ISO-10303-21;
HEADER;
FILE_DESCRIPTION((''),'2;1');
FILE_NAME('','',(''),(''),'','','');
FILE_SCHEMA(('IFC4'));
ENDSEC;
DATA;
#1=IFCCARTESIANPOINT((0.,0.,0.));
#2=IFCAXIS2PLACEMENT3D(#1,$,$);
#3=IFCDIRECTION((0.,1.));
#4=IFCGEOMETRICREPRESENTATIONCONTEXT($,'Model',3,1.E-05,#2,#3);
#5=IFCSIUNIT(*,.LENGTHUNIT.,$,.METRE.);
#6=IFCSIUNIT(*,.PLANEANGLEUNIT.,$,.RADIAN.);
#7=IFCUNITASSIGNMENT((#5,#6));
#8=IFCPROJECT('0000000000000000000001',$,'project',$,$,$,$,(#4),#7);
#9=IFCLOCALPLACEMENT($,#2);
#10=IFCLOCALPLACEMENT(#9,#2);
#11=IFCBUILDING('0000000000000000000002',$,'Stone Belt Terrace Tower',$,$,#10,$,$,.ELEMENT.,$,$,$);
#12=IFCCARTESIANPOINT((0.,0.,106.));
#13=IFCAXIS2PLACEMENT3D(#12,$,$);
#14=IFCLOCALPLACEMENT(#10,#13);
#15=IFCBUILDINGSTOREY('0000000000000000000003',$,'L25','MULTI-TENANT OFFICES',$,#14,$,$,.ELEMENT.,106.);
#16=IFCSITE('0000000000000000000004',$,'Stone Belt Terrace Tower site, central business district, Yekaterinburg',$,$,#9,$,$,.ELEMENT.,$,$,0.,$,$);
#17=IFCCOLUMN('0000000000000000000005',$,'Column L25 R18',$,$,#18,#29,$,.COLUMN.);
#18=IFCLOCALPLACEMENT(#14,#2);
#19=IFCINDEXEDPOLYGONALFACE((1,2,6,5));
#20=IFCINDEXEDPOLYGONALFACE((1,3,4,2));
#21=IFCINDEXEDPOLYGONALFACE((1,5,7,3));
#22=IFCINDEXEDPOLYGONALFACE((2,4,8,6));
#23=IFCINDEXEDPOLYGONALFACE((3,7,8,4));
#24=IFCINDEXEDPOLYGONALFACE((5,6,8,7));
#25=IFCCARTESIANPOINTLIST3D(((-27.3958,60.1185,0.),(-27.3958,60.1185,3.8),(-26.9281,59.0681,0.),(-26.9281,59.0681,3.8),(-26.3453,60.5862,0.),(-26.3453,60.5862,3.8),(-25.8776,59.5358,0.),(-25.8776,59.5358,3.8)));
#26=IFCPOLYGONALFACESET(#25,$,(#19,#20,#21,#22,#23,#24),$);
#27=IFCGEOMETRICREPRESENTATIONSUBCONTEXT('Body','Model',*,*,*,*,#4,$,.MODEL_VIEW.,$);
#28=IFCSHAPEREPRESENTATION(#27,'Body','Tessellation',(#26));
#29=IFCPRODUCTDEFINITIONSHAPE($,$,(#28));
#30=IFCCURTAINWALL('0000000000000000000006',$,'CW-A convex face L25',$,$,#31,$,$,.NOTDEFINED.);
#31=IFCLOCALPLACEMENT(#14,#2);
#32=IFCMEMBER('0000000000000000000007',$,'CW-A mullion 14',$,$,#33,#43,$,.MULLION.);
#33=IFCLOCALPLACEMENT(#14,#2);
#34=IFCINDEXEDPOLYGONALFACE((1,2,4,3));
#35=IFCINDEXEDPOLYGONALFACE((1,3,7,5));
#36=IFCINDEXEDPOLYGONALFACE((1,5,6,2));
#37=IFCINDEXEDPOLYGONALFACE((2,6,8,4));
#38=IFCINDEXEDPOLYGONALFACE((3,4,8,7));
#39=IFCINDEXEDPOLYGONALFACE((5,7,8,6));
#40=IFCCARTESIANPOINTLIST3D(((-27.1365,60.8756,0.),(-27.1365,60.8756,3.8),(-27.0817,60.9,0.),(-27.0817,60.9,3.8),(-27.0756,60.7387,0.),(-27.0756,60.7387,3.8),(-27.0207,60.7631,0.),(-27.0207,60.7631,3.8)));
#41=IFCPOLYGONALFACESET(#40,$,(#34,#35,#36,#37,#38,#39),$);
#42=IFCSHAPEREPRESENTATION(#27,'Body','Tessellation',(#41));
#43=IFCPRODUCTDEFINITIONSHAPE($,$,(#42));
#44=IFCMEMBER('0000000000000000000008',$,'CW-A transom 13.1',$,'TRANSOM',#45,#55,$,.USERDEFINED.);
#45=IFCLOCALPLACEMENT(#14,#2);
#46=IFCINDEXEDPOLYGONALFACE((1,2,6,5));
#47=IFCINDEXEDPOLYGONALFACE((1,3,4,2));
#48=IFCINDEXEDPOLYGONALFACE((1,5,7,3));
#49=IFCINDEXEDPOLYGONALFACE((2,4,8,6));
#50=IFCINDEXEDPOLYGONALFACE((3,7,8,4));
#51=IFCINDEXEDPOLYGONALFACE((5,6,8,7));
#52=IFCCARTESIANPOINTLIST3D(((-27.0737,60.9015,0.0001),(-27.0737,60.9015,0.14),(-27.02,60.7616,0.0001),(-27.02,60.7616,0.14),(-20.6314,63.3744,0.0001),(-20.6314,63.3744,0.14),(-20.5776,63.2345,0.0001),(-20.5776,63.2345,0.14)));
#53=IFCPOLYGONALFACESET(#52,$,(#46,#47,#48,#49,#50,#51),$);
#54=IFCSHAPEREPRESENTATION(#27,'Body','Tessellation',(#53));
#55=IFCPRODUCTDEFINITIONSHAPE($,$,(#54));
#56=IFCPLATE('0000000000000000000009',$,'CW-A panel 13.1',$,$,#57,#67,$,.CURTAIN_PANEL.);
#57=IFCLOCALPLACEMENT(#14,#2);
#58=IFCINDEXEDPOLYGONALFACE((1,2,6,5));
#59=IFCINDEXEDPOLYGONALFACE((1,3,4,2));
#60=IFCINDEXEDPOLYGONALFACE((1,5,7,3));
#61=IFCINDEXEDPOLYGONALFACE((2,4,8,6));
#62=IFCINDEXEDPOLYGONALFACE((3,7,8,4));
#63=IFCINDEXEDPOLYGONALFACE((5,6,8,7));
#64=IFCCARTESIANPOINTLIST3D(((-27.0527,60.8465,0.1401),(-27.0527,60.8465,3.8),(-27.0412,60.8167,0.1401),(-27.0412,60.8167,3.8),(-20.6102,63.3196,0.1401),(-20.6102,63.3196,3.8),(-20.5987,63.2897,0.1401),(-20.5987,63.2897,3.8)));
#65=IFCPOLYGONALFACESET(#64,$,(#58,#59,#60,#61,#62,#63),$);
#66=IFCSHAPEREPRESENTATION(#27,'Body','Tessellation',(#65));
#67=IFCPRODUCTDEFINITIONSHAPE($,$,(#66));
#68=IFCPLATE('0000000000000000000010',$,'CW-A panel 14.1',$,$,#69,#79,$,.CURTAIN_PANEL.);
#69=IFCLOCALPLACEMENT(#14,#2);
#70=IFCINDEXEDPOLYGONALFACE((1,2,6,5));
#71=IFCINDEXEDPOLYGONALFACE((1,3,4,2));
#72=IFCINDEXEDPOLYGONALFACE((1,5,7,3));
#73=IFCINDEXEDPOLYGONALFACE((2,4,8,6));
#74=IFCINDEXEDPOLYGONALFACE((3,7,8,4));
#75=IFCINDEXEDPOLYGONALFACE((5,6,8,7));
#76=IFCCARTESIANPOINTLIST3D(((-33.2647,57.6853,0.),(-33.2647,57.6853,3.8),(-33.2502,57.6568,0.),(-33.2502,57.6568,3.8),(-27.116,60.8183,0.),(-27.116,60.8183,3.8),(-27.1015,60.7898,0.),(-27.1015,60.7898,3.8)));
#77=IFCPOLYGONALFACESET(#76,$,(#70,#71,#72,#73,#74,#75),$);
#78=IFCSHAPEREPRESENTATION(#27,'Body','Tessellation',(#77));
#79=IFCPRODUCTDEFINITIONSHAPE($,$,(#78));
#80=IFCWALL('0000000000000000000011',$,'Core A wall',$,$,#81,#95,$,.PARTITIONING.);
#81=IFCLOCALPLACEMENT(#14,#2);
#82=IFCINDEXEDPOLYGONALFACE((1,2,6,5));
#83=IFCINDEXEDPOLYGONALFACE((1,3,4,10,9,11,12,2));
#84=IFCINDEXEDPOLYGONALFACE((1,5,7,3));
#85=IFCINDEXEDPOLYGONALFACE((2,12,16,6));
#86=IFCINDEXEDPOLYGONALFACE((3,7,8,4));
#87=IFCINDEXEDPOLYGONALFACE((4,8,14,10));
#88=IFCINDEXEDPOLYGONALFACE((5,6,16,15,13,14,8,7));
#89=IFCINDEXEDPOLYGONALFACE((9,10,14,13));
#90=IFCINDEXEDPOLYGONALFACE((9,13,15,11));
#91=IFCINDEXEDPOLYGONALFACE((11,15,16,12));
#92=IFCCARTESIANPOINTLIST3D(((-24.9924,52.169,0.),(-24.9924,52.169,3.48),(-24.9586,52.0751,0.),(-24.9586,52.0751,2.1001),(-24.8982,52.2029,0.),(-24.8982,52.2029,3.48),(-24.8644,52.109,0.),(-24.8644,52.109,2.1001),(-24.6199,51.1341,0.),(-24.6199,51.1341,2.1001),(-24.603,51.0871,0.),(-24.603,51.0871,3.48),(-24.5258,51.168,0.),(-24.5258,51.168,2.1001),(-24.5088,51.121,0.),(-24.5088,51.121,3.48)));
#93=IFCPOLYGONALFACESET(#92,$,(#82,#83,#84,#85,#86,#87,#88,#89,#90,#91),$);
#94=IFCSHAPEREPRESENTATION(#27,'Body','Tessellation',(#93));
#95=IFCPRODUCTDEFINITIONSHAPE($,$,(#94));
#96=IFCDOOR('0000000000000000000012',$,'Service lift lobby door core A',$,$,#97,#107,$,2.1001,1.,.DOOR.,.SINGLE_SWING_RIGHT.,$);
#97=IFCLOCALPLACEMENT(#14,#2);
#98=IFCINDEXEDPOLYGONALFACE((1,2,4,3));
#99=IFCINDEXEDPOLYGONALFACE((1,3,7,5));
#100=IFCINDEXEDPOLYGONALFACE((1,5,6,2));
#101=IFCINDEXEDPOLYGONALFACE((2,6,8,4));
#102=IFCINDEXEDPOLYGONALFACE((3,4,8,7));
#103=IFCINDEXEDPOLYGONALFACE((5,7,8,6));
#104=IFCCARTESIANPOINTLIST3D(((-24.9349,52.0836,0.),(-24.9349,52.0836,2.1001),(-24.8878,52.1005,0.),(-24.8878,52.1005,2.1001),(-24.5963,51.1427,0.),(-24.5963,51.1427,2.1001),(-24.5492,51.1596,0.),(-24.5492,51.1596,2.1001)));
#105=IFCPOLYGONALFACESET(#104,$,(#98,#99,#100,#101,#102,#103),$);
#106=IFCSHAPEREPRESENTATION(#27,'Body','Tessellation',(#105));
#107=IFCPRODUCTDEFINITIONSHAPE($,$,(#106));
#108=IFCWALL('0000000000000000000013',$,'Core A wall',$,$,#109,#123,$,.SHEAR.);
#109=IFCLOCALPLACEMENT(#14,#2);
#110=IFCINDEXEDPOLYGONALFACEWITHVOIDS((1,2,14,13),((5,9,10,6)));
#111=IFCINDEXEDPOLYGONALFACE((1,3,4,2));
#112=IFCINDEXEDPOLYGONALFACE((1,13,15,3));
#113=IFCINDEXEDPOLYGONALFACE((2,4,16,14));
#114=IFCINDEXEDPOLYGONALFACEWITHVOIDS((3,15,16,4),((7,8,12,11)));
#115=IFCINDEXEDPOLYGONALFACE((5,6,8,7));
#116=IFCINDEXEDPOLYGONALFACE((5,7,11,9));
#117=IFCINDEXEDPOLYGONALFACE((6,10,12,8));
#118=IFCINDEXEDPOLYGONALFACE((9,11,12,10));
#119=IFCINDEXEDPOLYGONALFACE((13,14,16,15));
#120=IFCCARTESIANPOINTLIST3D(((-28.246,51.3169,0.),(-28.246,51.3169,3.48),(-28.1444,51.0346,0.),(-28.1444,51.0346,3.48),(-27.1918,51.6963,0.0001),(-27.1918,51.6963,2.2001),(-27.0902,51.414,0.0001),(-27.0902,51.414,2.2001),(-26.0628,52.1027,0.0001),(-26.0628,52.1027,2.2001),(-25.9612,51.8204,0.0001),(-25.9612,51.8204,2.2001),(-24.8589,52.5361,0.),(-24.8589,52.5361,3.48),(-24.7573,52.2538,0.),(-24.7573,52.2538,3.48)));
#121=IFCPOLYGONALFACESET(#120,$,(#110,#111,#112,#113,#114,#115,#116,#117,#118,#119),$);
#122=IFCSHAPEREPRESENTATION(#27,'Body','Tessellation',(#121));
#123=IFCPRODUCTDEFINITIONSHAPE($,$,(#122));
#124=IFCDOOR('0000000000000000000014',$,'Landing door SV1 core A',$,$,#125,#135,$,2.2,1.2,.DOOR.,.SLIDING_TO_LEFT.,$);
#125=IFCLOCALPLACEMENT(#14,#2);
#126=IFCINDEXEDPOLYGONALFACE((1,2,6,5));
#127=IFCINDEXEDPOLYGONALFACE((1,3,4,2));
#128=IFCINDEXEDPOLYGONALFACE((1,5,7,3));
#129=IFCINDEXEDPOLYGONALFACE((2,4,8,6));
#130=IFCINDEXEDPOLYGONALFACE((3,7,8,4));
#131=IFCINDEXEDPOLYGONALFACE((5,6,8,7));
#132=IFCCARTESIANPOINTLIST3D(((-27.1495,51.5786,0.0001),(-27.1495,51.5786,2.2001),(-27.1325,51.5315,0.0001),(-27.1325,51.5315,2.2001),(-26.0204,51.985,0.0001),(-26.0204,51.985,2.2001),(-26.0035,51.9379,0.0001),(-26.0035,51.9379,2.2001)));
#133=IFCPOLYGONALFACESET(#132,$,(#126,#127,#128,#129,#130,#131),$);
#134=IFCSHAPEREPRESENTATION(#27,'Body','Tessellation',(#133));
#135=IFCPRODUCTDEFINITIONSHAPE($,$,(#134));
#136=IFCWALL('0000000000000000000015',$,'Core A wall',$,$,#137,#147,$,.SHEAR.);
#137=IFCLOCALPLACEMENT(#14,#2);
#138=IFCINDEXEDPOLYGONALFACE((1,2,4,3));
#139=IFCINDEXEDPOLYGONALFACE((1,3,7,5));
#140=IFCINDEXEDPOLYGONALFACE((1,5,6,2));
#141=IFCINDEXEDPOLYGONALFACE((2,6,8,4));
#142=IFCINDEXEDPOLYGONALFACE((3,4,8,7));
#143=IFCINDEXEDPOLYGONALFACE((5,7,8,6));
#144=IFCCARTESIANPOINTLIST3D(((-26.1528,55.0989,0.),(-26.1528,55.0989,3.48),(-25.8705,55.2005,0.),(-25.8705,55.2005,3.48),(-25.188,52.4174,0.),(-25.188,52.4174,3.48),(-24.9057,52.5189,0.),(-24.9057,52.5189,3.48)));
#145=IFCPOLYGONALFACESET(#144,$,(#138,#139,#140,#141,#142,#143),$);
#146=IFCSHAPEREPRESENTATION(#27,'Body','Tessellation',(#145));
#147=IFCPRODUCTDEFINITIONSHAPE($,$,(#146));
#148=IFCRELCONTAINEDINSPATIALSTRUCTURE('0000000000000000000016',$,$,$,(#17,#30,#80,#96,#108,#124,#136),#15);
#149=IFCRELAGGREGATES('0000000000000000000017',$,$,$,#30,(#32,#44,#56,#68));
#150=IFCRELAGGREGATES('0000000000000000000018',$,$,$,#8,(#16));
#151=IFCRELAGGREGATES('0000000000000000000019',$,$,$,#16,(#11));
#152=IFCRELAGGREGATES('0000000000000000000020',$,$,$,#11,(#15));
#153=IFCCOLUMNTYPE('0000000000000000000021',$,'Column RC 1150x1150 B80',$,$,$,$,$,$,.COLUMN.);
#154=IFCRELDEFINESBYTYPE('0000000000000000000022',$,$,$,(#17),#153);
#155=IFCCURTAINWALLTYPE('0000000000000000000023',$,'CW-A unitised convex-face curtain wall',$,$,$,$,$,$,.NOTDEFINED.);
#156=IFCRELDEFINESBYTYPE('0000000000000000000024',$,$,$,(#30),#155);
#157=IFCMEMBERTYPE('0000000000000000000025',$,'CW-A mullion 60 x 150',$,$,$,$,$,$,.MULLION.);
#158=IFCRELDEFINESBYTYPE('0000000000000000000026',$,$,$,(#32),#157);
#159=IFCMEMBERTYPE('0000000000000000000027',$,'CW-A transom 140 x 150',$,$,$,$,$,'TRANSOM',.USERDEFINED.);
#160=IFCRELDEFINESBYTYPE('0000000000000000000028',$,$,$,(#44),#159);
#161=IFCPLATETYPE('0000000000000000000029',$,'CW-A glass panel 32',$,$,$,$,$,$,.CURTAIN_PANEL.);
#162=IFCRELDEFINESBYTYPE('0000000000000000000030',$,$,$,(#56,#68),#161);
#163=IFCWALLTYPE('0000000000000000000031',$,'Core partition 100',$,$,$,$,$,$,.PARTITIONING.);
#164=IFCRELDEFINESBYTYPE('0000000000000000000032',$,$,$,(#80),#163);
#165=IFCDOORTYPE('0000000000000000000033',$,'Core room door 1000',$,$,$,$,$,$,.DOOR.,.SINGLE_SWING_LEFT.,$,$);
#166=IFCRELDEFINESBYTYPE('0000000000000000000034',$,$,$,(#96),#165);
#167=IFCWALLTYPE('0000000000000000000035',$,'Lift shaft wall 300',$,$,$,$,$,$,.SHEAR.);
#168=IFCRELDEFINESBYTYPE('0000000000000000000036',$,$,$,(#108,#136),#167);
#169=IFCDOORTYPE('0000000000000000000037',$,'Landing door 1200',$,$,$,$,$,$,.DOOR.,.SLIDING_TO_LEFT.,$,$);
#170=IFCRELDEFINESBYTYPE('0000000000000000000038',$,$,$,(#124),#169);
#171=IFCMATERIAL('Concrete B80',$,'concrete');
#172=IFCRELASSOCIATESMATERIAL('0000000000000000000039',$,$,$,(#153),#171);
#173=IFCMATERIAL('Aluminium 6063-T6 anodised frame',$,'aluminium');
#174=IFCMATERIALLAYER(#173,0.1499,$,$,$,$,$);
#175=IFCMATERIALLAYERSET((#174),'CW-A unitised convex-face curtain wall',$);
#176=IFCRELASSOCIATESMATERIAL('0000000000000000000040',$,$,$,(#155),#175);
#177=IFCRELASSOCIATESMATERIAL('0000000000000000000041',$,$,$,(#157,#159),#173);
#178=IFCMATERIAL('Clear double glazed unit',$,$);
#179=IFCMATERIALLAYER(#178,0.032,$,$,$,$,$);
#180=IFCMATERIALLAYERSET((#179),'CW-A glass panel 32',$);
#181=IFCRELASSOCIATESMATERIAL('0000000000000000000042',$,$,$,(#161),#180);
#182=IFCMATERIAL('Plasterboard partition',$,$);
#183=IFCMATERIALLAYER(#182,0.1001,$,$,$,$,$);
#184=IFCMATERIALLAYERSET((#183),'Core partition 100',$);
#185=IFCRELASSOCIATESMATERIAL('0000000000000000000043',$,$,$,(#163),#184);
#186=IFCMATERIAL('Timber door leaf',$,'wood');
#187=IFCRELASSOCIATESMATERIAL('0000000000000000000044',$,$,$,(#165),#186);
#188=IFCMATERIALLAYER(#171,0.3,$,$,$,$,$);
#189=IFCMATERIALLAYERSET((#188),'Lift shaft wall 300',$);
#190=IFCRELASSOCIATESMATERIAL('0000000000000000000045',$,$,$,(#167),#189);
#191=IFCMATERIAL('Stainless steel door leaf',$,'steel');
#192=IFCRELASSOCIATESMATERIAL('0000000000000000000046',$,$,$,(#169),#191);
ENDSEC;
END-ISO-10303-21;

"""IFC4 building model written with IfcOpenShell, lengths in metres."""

from ifc_helpers import new_model, si_unit, direction, frame, frame_2d, origin, origin_2d, place, context, subcontext, project, spatial, rectangle, extrude, material, layer, layer_set, material_profile, profile_set, type_object, element, fill, aggregate, save


model = new_model("IFC4")

# Units and contexts
model_context = context("Model", 3, precision=1e-05, world=origin(), true_north=direction((0.0, 1.0)))
body_context = subcontext(model_context, "Body", "Model", "MODEL_VIEW")
ifc_project = project(units=[si_unit("LENGTHUNIT", "METRE"), si_unit("PLANEANGLEUNIT", "RADIAN")], contexts=[model_context])

# Site, building, storey
site_placement = place(None, origin())
site = spatial("IfcSite", under=ifc_project, at=site_placement, Name="Stone Belt Terrace Tower site, central business district, Yekaterinburg", CompositionType="ELEMENT", RefElevation=0.0)
building_placement = place(site_placement, origin())
building = spatial("IfcBuilding", under=site, at=building_placement, Name="Stone Belt Terrace Tower", CompositionType="ELEMENT")
storey_placement = place(building_placement, frame((0.0, 0.0, 106.0)))
storey = spatial("IfcBuildingStorey", under=building, at=storey_placement, Name="L25", Description="MULTI-TENANT OFFICES", CompositionType="ELEMENT", Elevation=106.0)

# Column
ifc_material_1 = material(Name="Concrete B80", Category="concrete")
ifc_material_profile_1 = material_profile(ifc_material_1, rectangle(XDim=1.1499, YDim=1.1499, at=origin_2d()), Name="RC 1150x1150")
ifc_profile_set_1 = profile_set([ifc_material_profile_1], Name="Concrete B80")
column_type = type_object("IfcColumnType", Name="Column RC 1150x1150 B80", PredefinedType="COLUMN", material=ifc_profile_set_1)
column_placement = place(storey_placement, frame((-26.6367, 59.8271, 0.0), z_axis=(0.0, 0.0, 1.0), x_axis=(0.913545, 0.406737, 0.0)))
element("IfcColumn", 1, at=column_placement, inside=storey, type_object=column_type, Name="Column L25 R18", PredefinedType="COLUMN", context=body_context, shape_type="SweptSolid", body=[
    extrude(rectangle(XDim=1.1499, YDim=1.1499, at=origin_2d()), origin(), (0.0, 0.0, 1.0), 3.8),
])

# Curtain wall, members, plates
ifc_material_2 = material(Name="Aluminium 6063-T6 anodised frame", Category="aluminium")
ifc_layer_1 = layer(ifc_material_2, 0.1499)
ifc_layer_set_1 = layer_set([ifc_layer_1], Name="CW-A unitised convex-face curtain wall")
curtain_wall_type = type_object("IfcCurtainWallType", Name="CW-A unitised convex-face curtain wall", PredefinedType="NOTDEFINED", material=ifc_layer_set_1)
curtain_wall_placement = place(storey_placement, origin())
curtain_wall = element("IfcCurtainWall", 2, at=curtain_wall_placement, inside=storey, type_object=curtain_wall_type, Name="CW-A convex face L25", PredefinedType="NOTDEFINED")
ifc_material_profile_2 = material_profile(ifc_material_2, rectangle(XDim=0.1499, YDim=0.0601, at=origin_2d()), Name="Aluminium 6063-T6 60x150")
ifc_profile_set_2 = profile_set([ifc_material_profile_2], Name="Aluminium 6063-T6 anodised frame")
member_type_1 = type_object("IfcMemberType", Name="CW-A mullion 60 x 150", PredefinedType="MULLION", material=ifc_profile_set_2)
member_1_placement = place(storey_placement, frame((-27.0786, 60.8193, 0.0), z_axis=(0.0, 0.0, 1.0), x_axis=(0.406737, -0.913545, 0.0)))
member_1 = element("IfcMember", 3, at=member_1_placement, type_object=member_type_1, Name="CW-A mullion 14", PredefinedType="MULLION", context=body_context, shape_type="SweptSolid", body=[
    extrude(rectangle(XDim=0.1499, YDim=0.0601, at=origin_2d()), origin(), (0.0, 0.0, 1.0), 3.8),
])
ifc_material_profile_3 = material_profile(ifc_material_2, rectangle(XDim=0.1499, YDim=0.1399, at=origin_2d()), Name="Aluminium 6063-T6 150x140")
ifc_profile_set_3 = profile_set([ifc_material_profile_3], Name="Aluminium 6063-T6 anodised frame")
member_type_2 = type_object("IfcMemberType", Name="CW-A transom 140 x 150", ElementType="TRANSOM", PredefinedType="USERDEFINED", material=ifc_profile_set_3)
member_2_placement = place(storey_placement, frame((-20.6045, 63.3044, 0.0701), z_axis=(-0.933585, -0.358355, 0.0), x_axis=(0.358355, -0.933585, 0.0)))
member_2 = element("IfcMember", 4, at=member_2_placement, type_object=member_type_2, Name="CW-A transom 13.1", ObjectType="TRANSOM", PredefinedType="USERDEFINED", context=body_context, shape_type="SweptSolid", body=[
    extrude(rectangle(XDim=0.1499, YDim=0.1399, at=origin_2d()), origin(), (0.0, 0.0, 1.0), 6.9006),
])
ifc_material_3 = material(Name="Clear double glazed unit")
ifc_layer_2 = layer(ifc_material_3, 0.032)
ifc_layer_set_2 = layer_set([ifc_layer_2], Name="CW-A glass panel 32")
plate_type = type_object("IfcPlateType", Name="CW-A glass panel 32", PredefinedType="CURTAIN_PANEL", material=ifc_layer_set_2)
plate_1_placement = place(storey_placement, frame((-23.8257, 62.0681, 0.1401), z_axis=(0.0, 0.0, 1.0), x_axis=(-0.93358, -0.358368, 0.0)))
plate_1 = element("IfcPlate", 5, at=plate_1_placement, type_object=plate_type, Name="CW-A panel 13.1", PredefinedType="CURTAIN_PANEL", context=body_context, shape_type="SweptSolid", body=[
    extrude(rectangle(XDim=6.9009, YDim=0.032, at=origin_2d()), origin(), (0.0, 0.0, 1.0), 3.6599),
])
plate_2_placement = place(storey_placement, frame((-30.1831, 59.2375, 0.0), z_axis=(0.0, 0.0, 1.0), x_axis=(-0.891007, -0.45399, 0.0)))
plate_2 = element("IfcPlate", 6, at=plate_2_placement, type_object=plate_type, Name="CW-A panel 14.1", PredefinedType="CURTAIN_PANEL", context=body_context, shape_type="SweptSolid", body=[
    extrude(rectangle(XDim=6.9009, YDim=0.032, at=origin_2d()), origin(), (0.0, 0.0, 1.0), 3.8),
])
aggregate(curtain_wall, [member_1, member_2, plate_1, plate_2])

# Walls, openings, doors
ifc_material_4 = material(Name="Plasterboard partition")
ifc_layer_3 = layer(ifc_material_4, 0.1001)
ifc_layer_set_3 = layer_set([ifc_layer_3], Name="Core partition 100")
wall_type_1 = type_object("IfcWallType", Name="Core partition 100", PredefinedType="PARTITIONING", material=ifc_layer_set_3)
wall_1_placement = place(storey_placement, frame((-24.5559, 51.104, 0.0), z_axis=(0.0, 0.0, 1.0), x_axis=(-0.338622, 0.940923, 0.0)))
wall_1 = element("IfcWall", 7, at=wall_1_placement, inside=storey, type_object=wall_type_1, Name="Core A wall", PredefinedType="PARTITIONING", context=body_context, shape_type="SweptSolid", body=[
    extrude(rectangle(XDim=1.1499, YDim=0.1001, at=frame_2d((0.575, 0.0))), origin(), (0.0, 0.0, 1.0), 3.48),
])
opening_1_placement = place(wall_1_placement, frame((0.05, 0.0, 0.0)))
opening_1 = element("IfcOpeningElement", 8, at=opening_1_placement, cuts=wall_1, PredefinedType="OPENING", context=body_context, shape_type="SweptSolid", body=[
    extrude(rectangle(XDim=1.0, YDim=2.1001, at=frame_2d((0.5, 1.05))), frame((0.0, 0.0601, 0.0), z_axis=(0.0, -1.0, 0.0), x_axis=(1.0, 0.0, 0.0)), (0.0, 0.0, 1.0), 0.1201),
])
ifc_material_5 = material(Name="Timber door leaf", Category="wood")
door_type_1 = type_object("IfcDoorType", Name="Core room door 1000", OperationType="SINGLE_SWING_LEFT", PredefinedType="DOOR", material=ifc_material_5)
door_1_placement = place(opening_1_placement, origin())
door_1 = element("IfcDoor", 9, at=door_1_placement, inside=storey, type_object=door_type_1, Name="Service lift lobby door core A", OperationType="SINGLE_SWING_RIGHT", OverallHeight=2.1001, OverallWidth=1.0, PredefinedType="DOOR", context=body_context, shape_type="SweptSolid", body=[
    extrude(rectangle(XDim=1.0, YDim=2.1001, at=frame_2d((0.5, 1.05))), frame((0.0, 0.0249, 0.0), z_axis=(0.0, -1.0, 0.0), x_axis=(1.0, 0.0, 0.0)), (0.0, 0.0, 1.0), 0.05),
])
fill(opening_1, door_1)
ifc_layer_4 = layer(ifc_material_1, 0.3)
ifc_layer_set_4 = layer_set([ifc_layer_4], Name="Lift shaft wall 300")
wall_type_2 = type_object("IfcWallType", Name="Lift shaft wall 300", PredefinedType="SHEAR", material=ifc_layer_set_4)
wall_2_placement = place(storey_placement, frame((-28.1951, 51.1758, 0.0), z_axis=(0.0, 0.0, 1.0), x_axis=(0.940901, 0.338681, 0.0)))
wall_2 = element("IfcWall", 10, at=wall_2_placement, inside=storey, type_object=wall_type_2, Name="Core A wall", PredefinedType="SHEAR", context=body_context, shape_type="SweptSolid", body=[
    extrude(rectangle(XDim=3.5999, YDim=0.3, at=frame_2d((1.7998, 0.0))), origin(), (0.0, 0.0, 1.0), 3.48),
])
opening_2_placement = place(wall_2_placement, frame((1.1201, 0.0, 0.0)))
opening_2 = element("IfcOpeningElement", 11, at=opening_2_placement, cuts=wall_2, PredefinedType="OPENING", context=body_context, shape_type="SweptSolid", body=[
    extrude(rectangle(XDim=1.2, YDim=2.2, at=frame_2d((0.6001, 1.1001))), frame((0.0, 0.1599, 0.0), z_axis=(0.0, -1.0, 0.0), x_axis=(1.0, 0.0, 0.0)), (0.0, 0.0, 1.0), 0.3201),
])
ifc_material_6 = material(Name="Stainless steel door leaf", Category="steel")
door_type_2 = type_object("IfcDoorType", Name="Landing door 1200", OperationType="SLIDING_TO_LEFT", PredefinedType="DOOR", material=ifc_material_6)
door_2_placement = place(opening_2_placement, origin())
door_2 = element("IfcDoor", 12, at=door_2_placement, inside=storey, type_object=door_type_2, Name="Landing door SV1 core A", OperationType="SLIDING_TO_LEFT", OverallHeight=2.2, OverallWidth=1.2, PredefinedType="DOOR", context=body_context, shape_type="SweptSolid", body=[
    extrude(rectangle(XDim=1.2, YDim=2.2, at=frame_2d((0.6001, 1.1001))), frame((0.0, 0.0249, 0.0), z_axis=(0.0, -1.0, 0.0), x_axis=(1.0, 0.0, 0.0)), (0.0, 0.0, 1.0), 0.05),
])
fill(opening_2, door_2)

# Wall
wall_3_placement = place(storey_placement, frame((-25.0469, 52.4683, 0.0), z_axis=(0.0, 0.0, 1.0), x_axis=(-0.33855, 0.940949, 0.0)))
element("IfcWall", 13, at=wall_3_placement, inside=storey, type_object=wall_type_2, Name="Core A wall", PredefinedType="SHEAR", context=body_context, shape_type="SweptSolid", body=[
    extrude(rectangle(XDim=2.8499, YDim=0.3, at=frame_2d((1.4248, 0.0))), origin(), (0.0, 0.0, 1.0), 3.48),
])

save(model, "model.ifc")
